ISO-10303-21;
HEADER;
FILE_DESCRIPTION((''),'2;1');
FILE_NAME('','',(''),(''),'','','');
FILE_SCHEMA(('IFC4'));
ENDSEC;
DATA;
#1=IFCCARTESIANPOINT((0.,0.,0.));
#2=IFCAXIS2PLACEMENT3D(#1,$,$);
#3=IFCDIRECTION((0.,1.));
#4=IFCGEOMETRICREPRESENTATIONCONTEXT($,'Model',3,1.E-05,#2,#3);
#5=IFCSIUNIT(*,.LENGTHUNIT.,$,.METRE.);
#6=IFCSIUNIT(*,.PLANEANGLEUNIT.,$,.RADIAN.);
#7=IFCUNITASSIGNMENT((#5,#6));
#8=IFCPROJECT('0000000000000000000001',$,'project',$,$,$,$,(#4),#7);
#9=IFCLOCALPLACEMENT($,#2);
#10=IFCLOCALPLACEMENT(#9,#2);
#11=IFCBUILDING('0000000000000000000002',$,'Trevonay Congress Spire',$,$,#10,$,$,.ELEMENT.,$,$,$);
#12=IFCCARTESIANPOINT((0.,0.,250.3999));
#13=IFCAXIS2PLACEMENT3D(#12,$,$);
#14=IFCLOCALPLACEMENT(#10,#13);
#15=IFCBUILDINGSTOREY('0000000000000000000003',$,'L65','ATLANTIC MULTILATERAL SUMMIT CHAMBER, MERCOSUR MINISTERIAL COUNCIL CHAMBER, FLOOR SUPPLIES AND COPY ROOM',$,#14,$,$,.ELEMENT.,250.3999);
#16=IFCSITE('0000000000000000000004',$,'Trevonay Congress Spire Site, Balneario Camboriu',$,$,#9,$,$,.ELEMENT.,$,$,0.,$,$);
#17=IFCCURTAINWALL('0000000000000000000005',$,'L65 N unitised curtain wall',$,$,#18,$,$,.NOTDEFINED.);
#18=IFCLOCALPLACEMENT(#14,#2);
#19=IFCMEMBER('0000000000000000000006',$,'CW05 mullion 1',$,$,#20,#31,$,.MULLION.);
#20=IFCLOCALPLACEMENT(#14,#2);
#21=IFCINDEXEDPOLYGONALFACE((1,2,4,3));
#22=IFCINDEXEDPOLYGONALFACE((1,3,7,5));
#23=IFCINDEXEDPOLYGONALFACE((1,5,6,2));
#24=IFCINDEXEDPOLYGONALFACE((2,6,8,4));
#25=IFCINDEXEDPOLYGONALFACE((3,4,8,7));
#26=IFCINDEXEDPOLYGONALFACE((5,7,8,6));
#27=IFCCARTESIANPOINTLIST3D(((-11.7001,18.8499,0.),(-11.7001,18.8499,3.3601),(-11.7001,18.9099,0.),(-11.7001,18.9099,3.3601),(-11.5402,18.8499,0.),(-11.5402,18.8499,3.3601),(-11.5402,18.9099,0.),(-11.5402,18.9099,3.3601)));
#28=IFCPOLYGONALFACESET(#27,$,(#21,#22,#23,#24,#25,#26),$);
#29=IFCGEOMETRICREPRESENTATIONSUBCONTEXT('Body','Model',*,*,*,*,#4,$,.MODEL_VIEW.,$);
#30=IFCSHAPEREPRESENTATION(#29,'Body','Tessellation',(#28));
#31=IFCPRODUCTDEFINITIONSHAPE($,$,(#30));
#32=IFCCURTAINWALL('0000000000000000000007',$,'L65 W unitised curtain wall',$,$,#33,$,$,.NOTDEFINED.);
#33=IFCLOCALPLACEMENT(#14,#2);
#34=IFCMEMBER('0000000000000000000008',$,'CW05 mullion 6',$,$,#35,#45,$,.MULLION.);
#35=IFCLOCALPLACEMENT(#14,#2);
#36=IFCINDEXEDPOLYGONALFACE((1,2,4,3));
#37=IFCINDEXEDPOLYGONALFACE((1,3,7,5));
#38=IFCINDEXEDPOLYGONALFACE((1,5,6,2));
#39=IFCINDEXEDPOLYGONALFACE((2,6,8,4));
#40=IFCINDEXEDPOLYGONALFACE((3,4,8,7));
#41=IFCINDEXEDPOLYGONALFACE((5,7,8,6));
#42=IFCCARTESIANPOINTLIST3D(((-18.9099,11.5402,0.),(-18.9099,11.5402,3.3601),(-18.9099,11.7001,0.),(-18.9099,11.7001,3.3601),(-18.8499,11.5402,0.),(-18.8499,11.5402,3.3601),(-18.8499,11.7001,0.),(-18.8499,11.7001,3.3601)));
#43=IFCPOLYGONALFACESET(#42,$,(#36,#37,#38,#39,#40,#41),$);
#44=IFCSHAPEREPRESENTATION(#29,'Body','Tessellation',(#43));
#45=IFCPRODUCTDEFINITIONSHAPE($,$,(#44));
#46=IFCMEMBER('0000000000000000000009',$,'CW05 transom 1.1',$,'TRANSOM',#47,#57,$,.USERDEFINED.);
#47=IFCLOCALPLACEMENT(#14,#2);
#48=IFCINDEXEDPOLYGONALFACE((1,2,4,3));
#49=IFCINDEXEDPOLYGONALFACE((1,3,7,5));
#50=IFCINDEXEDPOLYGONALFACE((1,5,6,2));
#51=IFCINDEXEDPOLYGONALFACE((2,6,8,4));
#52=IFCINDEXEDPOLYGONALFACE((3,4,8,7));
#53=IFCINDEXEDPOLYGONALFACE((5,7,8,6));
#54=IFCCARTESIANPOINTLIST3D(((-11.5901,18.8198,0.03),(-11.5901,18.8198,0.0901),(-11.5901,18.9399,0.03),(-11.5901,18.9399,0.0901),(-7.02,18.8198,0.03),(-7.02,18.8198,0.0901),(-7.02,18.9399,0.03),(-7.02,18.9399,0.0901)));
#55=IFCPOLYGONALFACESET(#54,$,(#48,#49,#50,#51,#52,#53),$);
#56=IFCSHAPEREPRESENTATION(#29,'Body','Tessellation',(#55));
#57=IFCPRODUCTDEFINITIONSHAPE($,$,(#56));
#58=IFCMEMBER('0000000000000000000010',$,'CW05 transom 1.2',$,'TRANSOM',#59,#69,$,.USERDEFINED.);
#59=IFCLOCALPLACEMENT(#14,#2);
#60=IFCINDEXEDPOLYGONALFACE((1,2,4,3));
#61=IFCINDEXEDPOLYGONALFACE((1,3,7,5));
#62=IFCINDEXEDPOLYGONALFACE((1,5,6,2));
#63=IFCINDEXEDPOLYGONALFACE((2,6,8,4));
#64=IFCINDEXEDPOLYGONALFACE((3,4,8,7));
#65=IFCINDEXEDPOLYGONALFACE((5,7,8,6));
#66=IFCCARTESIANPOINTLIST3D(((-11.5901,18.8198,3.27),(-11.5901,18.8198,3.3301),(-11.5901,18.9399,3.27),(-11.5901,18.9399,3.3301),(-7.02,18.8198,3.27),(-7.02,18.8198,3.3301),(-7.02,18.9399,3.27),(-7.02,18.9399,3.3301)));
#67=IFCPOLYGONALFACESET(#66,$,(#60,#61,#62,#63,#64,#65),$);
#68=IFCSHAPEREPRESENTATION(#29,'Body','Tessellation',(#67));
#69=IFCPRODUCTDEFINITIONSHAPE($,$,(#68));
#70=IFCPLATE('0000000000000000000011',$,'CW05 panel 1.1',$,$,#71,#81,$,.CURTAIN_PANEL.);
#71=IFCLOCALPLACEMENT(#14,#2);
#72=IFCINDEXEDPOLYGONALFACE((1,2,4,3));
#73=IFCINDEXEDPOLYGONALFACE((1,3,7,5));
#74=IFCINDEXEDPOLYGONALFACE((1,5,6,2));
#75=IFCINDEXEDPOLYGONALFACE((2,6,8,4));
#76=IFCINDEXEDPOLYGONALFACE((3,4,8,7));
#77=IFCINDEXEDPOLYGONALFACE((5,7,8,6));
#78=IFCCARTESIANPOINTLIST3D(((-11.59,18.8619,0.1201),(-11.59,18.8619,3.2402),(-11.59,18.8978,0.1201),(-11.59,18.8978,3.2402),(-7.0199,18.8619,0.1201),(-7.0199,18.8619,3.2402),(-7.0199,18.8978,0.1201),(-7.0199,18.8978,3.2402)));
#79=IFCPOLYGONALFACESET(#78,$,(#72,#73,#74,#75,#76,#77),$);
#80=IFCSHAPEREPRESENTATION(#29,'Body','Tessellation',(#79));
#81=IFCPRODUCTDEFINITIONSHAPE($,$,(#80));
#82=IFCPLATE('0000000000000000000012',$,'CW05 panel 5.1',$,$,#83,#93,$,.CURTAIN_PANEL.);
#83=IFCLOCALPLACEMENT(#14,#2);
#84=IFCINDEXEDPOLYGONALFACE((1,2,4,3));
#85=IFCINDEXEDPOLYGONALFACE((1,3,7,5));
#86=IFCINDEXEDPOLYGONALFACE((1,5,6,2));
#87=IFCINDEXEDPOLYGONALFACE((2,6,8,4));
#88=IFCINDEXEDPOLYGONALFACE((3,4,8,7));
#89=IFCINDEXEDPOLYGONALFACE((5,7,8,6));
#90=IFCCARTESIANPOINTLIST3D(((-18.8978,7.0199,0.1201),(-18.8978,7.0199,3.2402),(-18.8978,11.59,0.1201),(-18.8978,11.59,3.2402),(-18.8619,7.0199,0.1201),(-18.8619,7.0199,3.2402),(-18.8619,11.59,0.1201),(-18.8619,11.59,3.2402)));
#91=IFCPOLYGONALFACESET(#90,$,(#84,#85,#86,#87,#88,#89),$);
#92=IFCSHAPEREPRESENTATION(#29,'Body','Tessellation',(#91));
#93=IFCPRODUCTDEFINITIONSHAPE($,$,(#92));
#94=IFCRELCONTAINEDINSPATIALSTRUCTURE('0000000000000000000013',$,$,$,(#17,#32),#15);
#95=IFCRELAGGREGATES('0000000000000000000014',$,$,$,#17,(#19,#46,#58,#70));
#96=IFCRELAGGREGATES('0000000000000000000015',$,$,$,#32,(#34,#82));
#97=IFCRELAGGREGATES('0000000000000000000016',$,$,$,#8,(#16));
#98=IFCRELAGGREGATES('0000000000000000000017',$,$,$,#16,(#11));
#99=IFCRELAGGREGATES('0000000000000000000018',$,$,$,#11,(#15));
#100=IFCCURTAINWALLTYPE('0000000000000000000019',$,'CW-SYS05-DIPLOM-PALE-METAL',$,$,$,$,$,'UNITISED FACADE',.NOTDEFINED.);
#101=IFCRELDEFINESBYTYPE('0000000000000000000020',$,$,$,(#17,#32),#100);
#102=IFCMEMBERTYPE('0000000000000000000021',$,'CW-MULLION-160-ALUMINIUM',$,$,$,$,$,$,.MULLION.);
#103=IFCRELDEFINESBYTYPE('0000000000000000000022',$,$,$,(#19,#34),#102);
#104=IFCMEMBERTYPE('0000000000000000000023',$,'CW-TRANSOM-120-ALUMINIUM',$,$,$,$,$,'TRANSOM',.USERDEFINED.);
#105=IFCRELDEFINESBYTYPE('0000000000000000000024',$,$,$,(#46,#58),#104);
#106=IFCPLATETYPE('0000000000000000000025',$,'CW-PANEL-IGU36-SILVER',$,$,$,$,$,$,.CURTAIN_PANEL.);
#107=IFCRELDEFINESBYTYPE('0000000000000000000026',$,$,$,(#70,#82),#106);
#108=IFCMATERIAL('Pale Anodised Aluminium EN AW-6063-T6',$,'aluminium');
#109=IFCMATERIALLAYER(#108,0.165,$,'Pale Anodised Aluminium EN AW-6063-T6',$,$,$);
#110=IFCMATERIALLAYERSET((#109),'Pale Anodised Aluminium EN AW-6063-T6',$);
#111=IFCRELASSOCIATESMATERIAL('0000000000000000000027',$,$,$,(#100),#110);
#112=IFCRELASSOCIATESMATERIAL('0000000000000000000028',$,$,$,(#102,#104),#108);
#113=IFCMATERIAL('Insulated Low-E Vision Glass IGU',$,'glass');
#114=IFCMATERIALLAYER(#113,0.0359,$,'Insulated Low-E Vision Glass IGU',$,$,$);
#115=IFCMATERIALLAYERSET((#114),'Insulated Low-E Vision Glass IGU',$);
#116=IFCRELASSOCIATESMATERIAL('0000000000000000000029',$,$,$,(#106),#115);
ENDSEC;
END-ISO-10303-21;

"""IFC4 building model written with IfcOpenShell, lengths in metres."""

from ifc_helpers import new_model, si_unit, direction, frame, origin, origin_2d, place, context, subcontext, project, spatial, rectangle, extrude, material, layer, layer_set, material_profile, profile_set, type_object, element, aggregate, save


model = new_model("IFC4")

# Units and contexts
model_context = context("Model", 3, precision=1e-05, world=origin(), true_north=direction((0.0, 1.0)))
body_context = subcontext(model_context, "Body", "Model", "MODEL_VIEW")
ifc_project = project(units=[si_unit("LENGTHUNIT", "METRE"), si_unit("PLANEANGLEUNIT", "RADIAN")], contexts=[model_context])

# Site, building, storey
site_placement = place(None, origin())
site = spatial("IfcSite", under=ifc_project, at=site_placement, Name="Trevonay Congress Spire Site, Balneario Camboriu", CompositionType="ELEMENT", RefElevation=0.0)
building_placement = place(site_placement, origin())
building = spatial("IfcBuilding", under=site, at=building_placement, Name="Trevonay Congress Spire", CompositionType="ELEMENT")
storey_placement = place(building_placement, frame((0.0, 0.0, 250.3999)))
storey = spatial("IfcBuildingStorey", under=building, at=storey_placement, Name="L65", Description="ATLANTIC MULTILATERAL SUMMIT CHAMBER, MERCOSUR MINISTERIAL COUNCIL CHAMBER, FLOOR SUPPLIES AND COPY ROOM", CompositionType="ELEMENT", Elevation=250.3999)

# Curtain walls, members
ifc_material_1 = material(Name="Pale Anodised Aluminium EN AW-6063-T6", Category="aluminium")
ifc_layer_1 = layer(ifc_material_1, 0.165, Name="Pale Anodised Aluminium EN AW-6063-T6")
ifc_layer_set_1 = layer_set([ifc_layer_1], Name="Pale Anodised Aluminium EN AW-6063-T6")
curtain_wall_type = type_object("IfcCurtainWallType", Name="CW-SYS05-DIPLOM-PALE-METAL", ElementType="UNITISED FACADE", PredefinedType="NOTDEFINED", material=ifc_layer_set_1)
curtain_wall_1_placement = place(storey_placement, origin())
curtain_wall_1 = element("IfcCurtainWall", 1, at=curtain_wall_1_placement, inside=storey, type_object=curtain_wall_type, Name="L65 N unitised curtain wall", PredefinedType="NOTDEFINED")
ifc_material_profile_1 = material_profile(ifc_material_1, rectangle(XDim=0.0601, YDim=0.1599, at=origin_2d()), Name="CW-MULLION-160-ALUMINIUM")
ifc_profile_set_1 = profile_set([ifc_material_profile_1], Name="Pale Anodised Aluminium EN AW-6063-T6")
member_type_1 = type_object("IfcMemberType", Name="CW-MULLION-160-ALUMINIUM", PredefinedType="MULLION", material=ifc_profile_set_1)
member_1_placement = place(storey_placement, frame((-11.6201, 18.8799, 0.0), z_axis=(0.0, 0.0, 1.0), x_axis=(0.0, 1.0, 0.0)))
member_1 = element("IfcMember", 2, at=member_1_placement, type_object=member_type_1, Name="CW05 mullion 1", PredefinedType="MULLION", context=body_context, shape_type="SweptSolid", body=[
    extrude(rectangle(XDim=0.0601, YDim=0.1599, at=origin_2d()), origin(), (0.0, 0.0, 1.0), 3.3601),
])
curtain_wall_2_placement = place(storey_placement, origin())
curtain_wall_2 = element("IfcCurtainWall", 3, at=curtain_wall_2_placement, inside=storey, type_object=curtain_wall_type, Name="L65 W unitised curtain wall", PredefinedType="NOTDEFINED")
member_2_placement = place(storey_placement, frame((-18.8799, 11.6201, 0.0), z_axis=(0.0, 0.0, 1.0), x_axis=(-1.0, 0.0, 0.0)))
member_2 = element("IfcMember", 4, at=member_2_placement, type_object=member_type_1, Name="CW05 mullion 6", PredefinedType="MULLION", context=body_context, shape_type="SweptSolid", body=[
    extrude(rectangle(XDim=0.0601, YDim=0.1599, at=origin_2d()), origin(), (0.0, 0.0, 1.0), 3.3601),
])

# Members
ifc_material_profile_2 = material_profile(ifc_material_1, rectangle(XDim=0.1201, YDim=0.0601, at=origin_2d()), Name="CW-TRANSOM-120-ALUMINIUM")
ifc_profile_set_2 = profile_set([ifc_material_profile_2], Name="Pale Anodised Aluminium EN AW-6063-T6")
member_type_2 = type_object("IfcMemberType", Name="CW-TRANSOM-120-ALUMINIUM", ElementType="TRANSOM", PredefinedType="USERDEFINED", material=ifc_profile_set_2)
member_3_placement = place(storey_placement, frame((-11.5901, 18.8799, 0.0601), z_axis=(1.0, 0.0, 0.0), x_axis=(0.0, 1.0, 0.0)))
member_3 = element("IfcMember", 5, at=member_3_placement, type_object=member_type_2, Name="CW05 transom 1.1", ObjectType="TRANSOM", PredefinedType="USERDEFINED", context=body_context, shape_type="SweptSolid", body=[
    extrude(rectangle(XDim=0.1201, YDim=0.0601, at=origin_2d()), origin(), (0.0, 0.0, 1.0), 4.5701),
])
member_4_placement = place(storey_placement, frame((-11.5901, 18.8799, 3.3), z_axis=(1.0, 0.0, 0.0), x_axis=(0.0, 1.0, 0.0)))
member_4 = element("IfcMember", 6, at=member_4_placement, type_object=member_type_2, Name="CW05 transom 1.2", ObjectType="TRANSOM", PredefinedType="USERDEFINED", context=body_context, shape_type="SweptSolid", body=[
    extrude(rectangle(XDim=0.1201, YDim=0.0601, at=origin_2d()), origin(), (0.0, 0.0, 1.0), 4.5701),
])

# Plates
ifc_material_2 = material(Name="Insulated Low-E Vision Glass IGU", Category="glass")
ifc_layer_2 = layer(ifc_material_2, 0.0359, Name="Insulated Low-E Vision Glass IGU")
ifc_layer_set_2 = layer_set([ifc_layer_2], Name="Insulated Low-E Vision Glass IGU")
plate_type = type_object("IfcPlateType", Name="CW-PANEL-IGU36-SILVER", PredefinedType="CURTAIN_PANEL", material=ifc_layer_set_2)
plate_1_placement = place(storey_placement, frame((-9.3049, 18.8799, 0.1201), z_axis=(0.0, 0.0, 1.0), x_axis=(1.0, 0.0, 0.0)))
plate_1 = element("IfcPlate", 7, at=plate_1_placement, type_object=plate_type, Name="CW05 panel 1.1", PredefinedType="CURTAIN_PANEL", context=body_context, shape_type="SweptSolid", body=[
    extrude(rectangle(XDim=4.5701, YDim=0.0359, at=origin_2d()), origin(), (0.0, 0.0, 1.0), 3.1201),
])
aggregate(curtain_wall_1, [member_1, member_3, member_4, plate_1])
plate_2_placement = place(storey_placement, frame((-18.8799, 9.3049, 0.1201), z_axis=(0.0, 0.0, 1.0), x_axis=(0.0, 1.0, 0.0)))
plate_2 = element("IfcPlate", 8, at=plate_2_placement, type_object=plate_type, Name="CW05 panel 5.1", PredefinedType="CURTAIN_PANEL", context=body_context, shape_type="SweptSolid", body=[
    extrude(rectangle(XDim=4.5701, YDim=0.0359, at=origin_2d()), origin(), (0.0, 0.0, 1.0), 3.1201),
])
aggregate(curtain_wall_2, [member_2, plate_2])

save(model, "model.ifc")
